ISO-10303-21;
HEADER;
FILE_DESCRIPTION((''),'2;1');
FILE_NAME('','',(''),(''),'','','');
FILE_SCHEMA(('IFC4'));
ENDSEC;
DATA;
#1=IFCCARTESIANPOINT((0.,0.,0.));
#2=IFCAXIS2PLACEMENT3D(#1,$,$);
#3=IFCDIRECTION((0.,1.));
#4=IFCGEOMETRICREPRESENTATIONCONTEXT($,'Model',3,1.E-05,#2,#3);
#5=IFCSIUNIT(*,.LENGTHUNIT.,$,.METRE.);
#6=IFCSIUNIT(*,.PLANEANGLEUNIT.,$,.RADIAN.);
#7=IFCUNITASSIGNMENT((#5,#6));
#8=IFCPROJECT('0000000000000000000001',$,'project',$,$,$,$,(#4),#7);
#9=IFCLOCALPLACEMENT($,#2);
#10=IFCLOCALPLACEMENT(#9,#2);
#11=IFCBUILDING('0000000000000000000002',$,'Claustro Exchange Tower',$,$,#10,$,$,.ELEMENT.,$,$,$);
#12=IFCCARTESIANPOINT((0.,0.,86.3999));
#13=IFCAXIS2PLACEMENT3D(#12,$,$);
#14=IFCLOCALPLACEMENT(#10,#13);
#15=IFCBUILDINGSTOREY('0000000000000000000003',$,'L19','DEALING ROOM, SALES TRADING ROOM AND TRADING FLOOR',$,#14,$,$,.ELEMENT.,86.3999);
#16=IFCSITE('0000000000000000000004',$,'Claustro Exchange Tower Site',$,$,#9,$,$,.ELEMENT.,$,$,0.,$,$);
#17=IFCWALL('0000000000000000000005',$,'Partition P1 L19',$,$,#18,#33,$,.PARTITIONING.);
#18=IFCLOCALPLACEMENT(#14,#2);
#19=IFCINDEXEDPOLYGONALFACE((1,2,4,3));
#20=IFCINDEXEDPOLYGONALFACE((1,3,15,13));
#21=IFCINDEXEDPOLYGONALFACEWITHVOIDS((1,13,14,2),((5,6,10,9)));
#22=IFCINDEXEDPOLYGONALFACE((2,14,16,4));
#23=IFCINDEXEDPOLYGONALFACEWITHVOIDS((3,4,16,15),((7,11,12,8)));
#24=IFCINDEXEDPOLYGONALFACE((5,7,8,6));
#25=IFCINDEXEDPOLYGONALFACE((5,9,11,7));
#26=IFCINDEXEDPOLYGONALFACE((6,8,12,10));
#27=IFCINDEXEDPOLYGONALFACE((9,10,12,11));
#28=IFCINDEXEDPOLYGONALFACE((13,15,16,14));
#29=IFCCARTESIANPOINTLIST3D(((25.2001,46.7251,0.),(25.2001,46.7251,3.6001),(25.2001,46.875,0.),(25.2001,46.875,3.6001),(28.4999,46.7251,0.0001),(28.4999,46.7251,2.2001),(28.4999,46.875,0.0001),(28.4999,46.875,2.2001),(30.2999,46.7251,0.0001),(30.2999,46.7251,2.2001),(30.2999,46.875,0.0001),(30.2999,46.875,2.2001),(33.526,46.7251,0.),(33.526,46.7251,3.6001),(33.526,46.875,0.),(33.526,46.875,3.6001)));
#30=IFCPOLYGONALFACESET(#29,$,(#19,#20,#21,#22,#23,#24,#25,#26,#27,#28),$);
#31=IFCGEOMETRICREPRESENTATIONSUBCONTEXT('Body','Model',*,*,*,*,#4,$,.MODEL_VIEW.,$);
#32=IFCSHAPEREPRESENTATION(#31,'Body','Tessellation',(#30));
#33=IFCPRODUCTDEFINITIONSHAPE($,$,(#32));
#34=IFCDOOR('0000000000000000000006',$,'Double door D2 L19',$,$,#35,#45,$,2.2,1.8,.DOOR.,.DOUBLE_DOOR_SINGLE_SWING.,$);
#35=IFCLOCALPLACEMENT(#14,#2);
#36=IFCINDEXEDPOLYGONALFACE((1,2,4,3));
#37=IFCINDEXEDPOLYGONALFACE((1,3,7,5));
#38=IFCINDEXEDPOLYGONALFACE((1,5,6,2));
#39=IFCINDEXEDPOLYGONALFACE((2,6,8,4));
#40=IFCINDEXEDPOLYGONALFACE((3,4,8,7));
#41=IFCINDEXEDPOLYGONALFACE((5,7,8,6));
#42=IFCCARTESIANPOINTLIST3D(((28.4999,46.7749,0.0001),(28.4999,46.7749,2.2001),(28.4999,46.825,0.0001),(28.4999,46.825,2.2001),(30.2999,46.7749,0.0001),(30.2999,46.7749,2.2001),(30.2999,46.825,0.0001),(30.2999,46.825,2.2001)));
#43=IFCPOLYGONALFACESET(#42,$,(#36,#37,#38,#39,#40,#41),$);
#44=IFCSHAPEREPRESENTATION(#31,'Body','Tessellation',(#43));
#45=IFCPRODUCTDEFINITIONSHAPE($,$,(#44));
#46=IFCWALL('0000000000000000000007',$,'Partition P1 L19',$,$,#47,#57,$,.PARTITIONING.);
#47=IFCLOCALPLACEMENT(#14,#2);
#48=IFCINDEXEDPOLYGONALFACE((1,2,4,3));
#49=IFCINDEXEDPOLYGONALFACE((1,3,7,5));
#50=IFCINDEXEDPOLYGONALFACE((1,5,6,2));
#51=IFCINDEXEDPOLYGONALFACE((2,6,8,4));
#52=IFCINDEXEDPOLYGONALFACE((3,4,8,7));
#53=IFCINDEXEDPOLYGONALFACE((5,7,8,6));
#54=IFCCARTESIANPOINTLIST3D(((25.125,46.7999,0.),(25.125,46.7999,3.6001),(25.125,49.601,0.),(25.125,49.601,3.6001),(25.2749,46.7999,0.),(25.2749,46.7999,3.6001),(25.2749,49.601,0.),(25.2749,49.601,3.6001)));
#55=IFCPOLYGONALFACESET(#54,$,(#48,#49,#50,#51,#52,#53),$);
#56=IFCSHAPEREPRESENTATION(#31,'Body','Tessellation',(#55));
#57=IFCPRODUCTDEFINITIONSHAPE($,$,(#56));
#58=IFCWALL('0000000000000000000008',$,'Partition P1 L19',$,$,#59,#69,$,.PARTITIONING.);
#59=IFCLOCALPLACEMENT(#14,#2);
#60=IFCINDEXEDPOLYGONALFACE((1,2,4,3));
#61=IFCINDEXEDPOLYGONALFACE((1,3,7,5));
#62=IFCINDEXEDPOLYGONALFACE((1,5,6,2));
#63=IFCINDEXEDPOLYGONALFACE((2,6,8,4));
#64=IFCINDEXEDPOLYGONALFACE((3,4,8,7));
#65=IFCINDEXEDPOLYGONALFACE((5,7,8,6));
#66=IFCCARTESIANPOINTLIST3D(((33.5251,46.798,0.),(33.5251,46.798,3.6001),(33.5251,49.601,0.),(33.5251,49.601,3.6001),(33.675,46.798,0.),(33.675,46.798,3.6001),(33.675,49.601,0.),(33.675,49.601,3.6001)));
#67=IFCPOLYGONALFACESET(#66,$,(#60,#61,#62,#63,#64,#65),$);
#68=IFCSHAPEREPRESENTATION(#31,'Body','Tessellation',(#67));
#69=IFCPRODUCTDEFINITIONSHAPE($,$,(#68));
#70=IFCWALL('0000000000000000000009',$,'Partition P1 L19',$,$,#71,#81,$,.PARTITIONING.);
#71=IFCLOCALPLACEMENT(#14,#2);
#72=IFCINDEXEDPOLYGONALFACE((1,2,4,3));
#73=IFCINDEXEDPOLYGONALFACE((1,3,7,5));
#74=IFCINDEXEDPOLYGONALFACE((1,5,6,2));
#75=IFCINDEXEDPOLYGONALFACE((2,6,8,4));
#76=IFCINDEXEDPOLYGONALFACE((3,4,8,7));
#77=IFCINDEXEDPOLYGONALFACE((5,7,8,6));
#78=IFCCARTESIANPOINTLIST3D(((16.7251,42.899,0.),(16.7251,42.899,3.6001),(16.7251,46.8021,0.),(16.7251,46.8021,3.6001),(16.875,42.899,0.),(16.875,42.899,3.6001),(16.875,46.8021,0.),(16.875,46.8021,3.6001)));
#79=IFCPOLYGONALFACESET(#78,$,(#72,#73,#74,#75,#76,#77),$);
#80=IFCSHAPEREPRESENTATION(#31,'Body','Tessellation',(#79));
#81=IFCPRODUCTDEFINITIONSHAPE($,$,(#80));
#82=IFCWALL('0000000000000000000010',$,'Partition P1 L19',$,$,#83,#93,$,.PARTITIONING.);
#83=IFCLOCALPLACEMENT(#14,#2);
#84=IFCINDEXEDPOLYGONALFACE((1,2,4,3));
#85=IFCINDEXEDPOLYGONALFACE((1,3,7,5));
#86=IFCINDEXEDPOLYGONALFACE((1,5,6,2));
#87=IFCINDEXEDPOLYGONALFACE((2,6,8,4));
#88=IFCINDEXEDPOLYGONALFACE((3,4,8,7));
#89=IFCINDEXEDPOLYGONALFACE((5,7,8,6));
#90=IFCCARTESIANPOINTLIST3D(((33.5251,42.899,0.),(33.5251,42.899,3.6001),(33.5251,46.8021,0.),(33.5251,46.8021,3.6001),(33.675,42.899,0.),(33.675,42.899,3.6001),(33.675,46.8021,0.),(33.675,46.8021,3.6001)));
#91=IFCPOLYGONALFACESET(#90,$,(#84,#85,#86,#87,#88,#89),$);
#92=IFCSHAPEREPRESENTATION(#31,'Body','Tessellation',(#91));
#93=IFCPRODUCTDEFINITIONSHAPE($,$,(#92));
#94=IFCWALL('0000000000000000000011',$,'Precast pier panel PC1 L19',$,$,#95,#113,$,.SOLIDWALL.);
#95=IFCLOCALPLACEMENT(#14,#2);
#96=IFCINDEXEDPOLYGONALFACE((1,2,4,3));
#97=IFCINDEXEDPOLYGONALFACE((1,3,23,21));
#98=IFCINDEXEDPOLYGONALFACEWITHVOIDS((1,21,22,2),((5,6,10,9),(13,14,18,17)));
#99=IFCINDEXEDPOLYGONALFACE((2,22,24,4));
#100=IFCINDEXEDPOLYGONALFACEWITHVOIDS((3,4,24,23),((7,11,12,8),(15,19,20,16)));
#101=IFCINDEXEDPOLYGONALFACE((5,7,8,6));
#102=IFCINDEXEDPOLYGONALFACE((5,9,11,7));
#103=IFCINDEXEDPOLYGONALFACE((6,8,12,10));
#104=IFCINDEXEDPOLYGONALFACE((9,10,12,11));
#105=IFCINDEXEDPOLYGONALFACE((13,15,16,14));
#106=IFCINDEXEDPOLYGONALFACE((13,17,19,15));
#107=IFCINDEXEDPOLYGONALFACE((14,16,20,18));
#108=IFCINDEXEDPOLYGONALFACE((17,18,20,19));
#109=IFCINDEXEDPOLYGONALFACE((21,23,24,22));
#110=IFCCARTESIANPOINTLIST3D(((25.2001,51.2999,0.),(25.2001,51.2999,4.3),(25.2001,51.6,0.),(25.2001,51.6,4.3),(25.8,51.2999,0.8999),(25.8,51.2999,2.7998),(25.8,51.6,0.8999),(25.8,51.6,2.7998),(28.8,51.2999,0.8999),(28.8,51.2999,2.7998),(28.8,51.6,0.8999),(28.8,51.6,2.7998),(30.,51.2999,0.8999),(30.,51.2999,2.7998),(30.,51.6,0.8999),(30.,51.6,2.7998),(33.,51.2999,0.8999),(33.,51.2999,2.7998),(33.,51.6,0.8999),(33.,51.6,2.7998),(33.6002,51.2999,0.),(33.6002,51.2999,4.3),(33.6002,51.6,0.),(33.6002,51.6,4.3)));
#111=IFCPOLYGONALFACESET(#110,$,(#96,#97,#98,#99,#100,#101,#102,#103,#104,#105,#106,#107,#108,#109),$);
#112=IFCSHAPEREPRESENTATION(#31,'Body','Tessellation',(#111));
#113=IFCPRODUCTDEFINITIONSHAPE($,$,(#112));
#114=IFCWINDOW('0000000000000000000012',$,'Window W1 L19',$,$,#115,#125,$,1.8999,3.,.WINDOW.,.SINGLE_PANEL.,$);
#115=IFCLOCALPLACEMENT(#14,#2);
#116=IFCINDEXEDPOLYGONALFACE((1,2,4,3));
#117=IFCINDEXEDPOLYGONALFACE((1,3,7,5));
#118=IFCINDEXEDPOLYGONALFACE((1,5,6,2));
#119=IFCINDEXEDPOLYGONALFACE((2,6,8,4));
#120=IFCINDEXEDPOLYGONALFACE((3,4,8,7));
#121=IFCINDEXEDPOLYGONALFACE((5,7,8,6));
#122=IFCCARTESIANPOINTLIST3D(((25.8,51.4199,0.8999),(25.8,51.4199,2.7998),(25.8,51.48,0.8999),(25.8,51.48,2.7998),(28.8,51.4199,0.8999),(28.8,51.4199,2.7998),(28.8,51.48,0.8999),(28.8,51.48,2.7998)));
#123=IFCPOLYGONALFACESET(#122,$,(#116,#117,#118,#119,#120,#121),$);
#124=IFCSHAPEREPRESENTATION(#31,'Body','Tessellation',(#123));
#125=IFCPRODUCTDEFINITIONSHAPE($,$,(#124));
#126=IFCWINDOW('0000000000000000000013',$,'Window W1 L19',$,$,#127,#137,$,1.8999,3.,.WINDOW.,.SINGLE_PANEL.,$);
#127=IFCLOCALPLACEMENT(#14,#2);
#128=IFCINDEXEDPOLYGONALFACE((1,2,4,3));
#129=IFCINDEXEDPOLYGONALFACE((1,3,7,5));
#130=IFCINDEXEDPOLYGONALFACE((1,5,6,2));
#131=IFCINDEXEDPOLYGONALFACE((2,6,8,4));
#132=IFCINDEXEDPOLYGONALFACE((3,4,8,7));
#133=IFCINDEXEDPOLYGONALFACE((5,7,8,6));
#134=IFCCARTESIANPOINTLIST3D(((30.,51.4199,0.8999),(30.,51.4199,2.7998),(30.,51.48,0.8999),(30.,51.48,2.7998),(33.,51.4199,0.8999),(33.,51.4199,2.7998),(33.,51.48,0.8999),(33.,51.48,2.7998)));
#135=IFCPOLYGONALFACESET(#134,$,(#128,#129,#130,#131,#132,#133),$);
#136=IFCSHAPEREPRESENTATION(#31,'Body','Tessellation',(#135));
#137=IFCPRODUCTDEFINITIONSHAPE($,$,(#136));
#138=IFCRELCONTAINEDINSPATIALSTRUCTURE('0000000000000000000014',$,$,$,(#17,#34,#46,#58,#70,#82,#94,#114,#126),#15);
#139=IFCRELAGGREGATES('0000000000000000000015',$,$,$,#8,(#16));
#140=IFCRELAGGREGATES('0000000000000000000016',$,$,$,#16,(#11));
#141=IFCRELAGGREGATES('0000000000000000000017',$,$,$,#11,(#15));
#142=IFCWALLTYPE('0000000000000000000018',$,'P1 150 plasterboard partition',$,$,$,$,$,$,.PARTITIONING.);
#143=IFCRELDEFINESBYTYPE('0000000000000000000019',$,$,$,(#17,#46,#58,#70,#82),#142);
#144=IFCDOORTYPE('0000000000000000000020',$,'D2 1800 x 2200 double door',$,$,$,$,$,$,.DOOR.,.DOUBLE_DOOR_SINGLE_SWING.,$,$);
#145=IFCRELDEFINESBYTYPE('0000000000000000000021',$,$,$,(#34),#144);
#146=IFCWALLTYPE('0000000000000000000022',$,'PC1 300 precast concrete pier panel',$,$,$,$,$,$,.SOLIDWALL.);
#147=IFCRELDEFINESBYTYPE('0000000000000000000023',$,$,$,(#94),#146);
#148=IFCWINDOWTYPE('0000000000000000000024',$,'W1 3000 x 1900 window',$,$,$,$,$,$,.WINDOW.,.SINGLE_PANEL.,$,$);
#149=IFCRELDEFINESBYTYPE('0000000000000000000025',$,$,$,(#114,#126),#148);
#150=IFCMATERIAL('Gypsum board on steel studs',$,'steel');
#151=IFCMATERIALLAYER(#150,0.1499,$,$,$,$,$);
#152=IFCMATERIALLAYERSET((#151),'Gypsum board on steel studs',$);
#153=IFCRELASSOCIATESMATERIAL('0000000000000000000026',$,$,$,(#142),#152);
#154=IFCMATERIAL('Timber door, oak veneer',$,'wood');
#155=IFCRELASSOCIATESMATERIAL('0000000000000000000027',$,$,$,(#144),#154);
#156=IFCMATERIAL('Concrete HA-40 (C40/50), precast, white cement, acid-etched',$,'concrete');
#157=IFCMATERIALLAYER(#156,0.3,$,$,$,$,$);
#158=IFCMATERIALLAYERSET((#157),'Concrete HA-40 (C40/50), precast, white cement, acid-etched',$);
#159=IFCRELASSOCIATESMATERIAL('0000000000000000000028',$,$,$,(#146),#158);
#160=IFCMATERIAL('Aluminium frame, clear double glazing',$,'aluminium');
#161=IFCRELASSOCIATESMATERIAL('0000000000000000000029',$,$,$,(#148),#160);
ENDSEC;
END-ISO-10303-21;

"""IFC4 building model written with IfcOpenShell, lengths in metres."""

from ifc_helpers import new_model, si_unit, direction, frame, frame_2d, origin, place, context, subcontext, project, spatial, rectangle, extrude, material, layer, layer_set, type_object, element, fill, save


model = new_model("IFC4")

# Units and contexts
model_context = context("Model", 3, precision=1e-05, world=origin(), true_north=direction((0.0, 1.0)))
body_context = subcontext(model_context, "Body", "Model", "MODEL_VIEW")
ifc_project = project(units=[si_unit("LENGTHUNIT", "METRE"), si_unit("PLANEANGLEUNIT", "RADIAN")], contexts=[model_context])

# Site, building, storey
site_placement = place(None, origin())
site = spatial("IfcSite", under=ifc_project, at=site_placement, Name="Claustro Exchange Tower Site", CompositionType="ELEMENT", RefElevation=0.0)
building_placement = place(site_placement, origin())
building = spatial("IfcBuilding", under=site, at=building_placement, Name="Claustro Exchange Tower", CompositionType="ELEMENT")
storey_placement = place(building_placement, frame((0.0, 0.0, 86.3999)))
storey = spatial("IfcBuildingStorey", under=building, at=storey_placement, Name="L19", Description="DEALING ROOM, SALES TRADING ROOM AND TRADING FLOOR", CompositionType="ELEMENT", Elevation=86.3999)

# Wall, opening, door
ifc_material_1 = material(Name="Gypsum board on steel studs", Category="steel")
ifc_layer_1 = layer(ifc_material_1, 0.1499)
ifc_layer_set_1 = layer_set([ifc_layer_1], Name="Gypsum board on steel studs")
wall_type_1 = type_object("IfcWallType", Name="P1 150 plasterboard partition", PredefinedType="PARTITIONING", material=ifc_layer_set_1)
wall_1_placement = place(storey_placement, frame((25.2, 46.8, 0.0), z_axis=(0.0, 0.0, 1.0), x_axis=(1.0, 0.0, 0.0)))
wall_1 = element("IfcWall", 1, at=wall_1_placement, inside=storey, type_object=wall_type_1, Name="Partition P1 L19", PredefinedType="PARTITIONING", context=body_context, shape_type="SweptSolid", body=[
    extrude(rectangle(XDim=8.3259, YDim=0.1499, at=frame_2d((4.1631, 0.0))), origin(), (0.0, 0.0, 1.0), 3.6001),
])
opening_1_placement = place(wall_1_placement, frame((3.3, 0.0, 0.0)))
opening_1 = element("IfcOpeningElement", 2, at=opening_1_placement, cuts=wall_1, PredefinedType="OPENING", context=body_context, shape_type="SweptSolid", body=[
    extrude(rectangle(XDim=1.8, YDim=2.2, at=frame_2d((0.8999, 1.1001))), frame((0.0, 0.085, 0.0), z_axis=(0.0, -1.0, 0.0), x_axis=(1.0, 0.0, 0.0)), (0.0, 0.0, 1.0), 0.1699),
])
ifc_material_2 = material(Name="Timber door, oak veneer", Category="wood")
door_type = type_object("IfcDoorType", Name="D2 1800 x 2200 double door", OperationType="DOUBLE_DOOR_SINGLE_SWING", PredefinedType="DOOR", material=ifc_material_2)
door_placement = place(opening_1_placement, origin())
door = element("IfcDoor", 3, at=door_placement, inside=storey, type_object=door_type, Name="Double door D2 L19", OperationType="DOUBLE_DOOR_SINGLE_SWING", OverallHeight=2.2, OverallWidth=1.8, PredefinedType="DOOR", context=body_context, shape_type="SweptSolid", body=[
    extrude(rectangle(XDim=1.8, YDim=2.2, at=frame_2d((0.8999, 1.1001))), frame((0.0, 0.0249, 0.0), z_axis=(0.0, -1.0, 0.0), x_axis=(1.0, 0.0, 0.0)), (0.0, 0.0, 1.0), 0.05),
])
fill(opening_1, door)

# Walls
wall_2_placement = place(storey_placement, frame((25.2, 46.8, 0.0), z_axis=(0.0, 0.0, 1.0), x_axis=(0.0, 1.0, 0.0)))
element("IfcWall", 4, at=wall_2_placement, inside=storey, type_object=wall_type_1, Name="Partition P1 L19", PredefinedType="PARTITIONING", context=body_context, shape_type="SweptSolid", body=[
    extrude(rectangle(XDim=2.801, YDim=0.1499, at=frame_2d((1.4004, 0.0))), origin(), (0.0, 0.0, 1.0), 3.6001),
])
wall_3_placement = place(storey_placement, frame((33.6001, 46.7981, 0.0), z_axis=(0.0, 0.0, 1.0), x_axis=(0.0, 1.0, 0.0)))
element("IfcWall", 5, at=wall_3_placement, inside=storey, type_object=wall_type_1, Name="Partition P1 L19", PredefinedType="PARTITIONING", context=body_context, shape_type="SweptSolid", body=[
    extrude(rectangle(XDim=2.803, YDim=0.1499, at=frame_2d((1.4014, 0.0))), origin(), (0.0, 0.0, 1.0), 3.6001),
])
for number, where, z_axis, x_axis, name in (
    (6, (16.8, 42.8989, 0.0), (0.0, 0.0, 1.0), (0.0, 1.0, 0.0), "Partition P1 L19"),
    (7, (33.6001, 42.8989, 0.0), (0.0, 0.0, 1.0), (0.0, 1.0, 0.0), "Partition P1 L19"),
):
    element("IfcWall", number, at=place(storey_placement, frame(where, z_axis=z_axis, x_axis=x_axis)), inside=storey, type_object=wall_type_1, Name=name, PredefinedType="PARTITIONING", context=body_context, shape_type="SweptSolid", body=[
        extrude(rectangle(XDim=3.9031, YDim=0.1499, at=frame_2d((1.9517, 0.0))), origin(), (0.0, 0.0, 1.0), 3.6001),
    ])

# Wall, openings, windows
ifc_material_3 = material(Name="Concrete HA-40 (C40/50), precast, white cement, acid-etched", Category="concrete")
ifc_layer_2 = layer(ifc_material_3, 0.3)
ifc_layer_set_2 = layer_set([ifc_layer_2], Name="Concrete HA-40 (C40/50), precast, white cement, acid-etched")
wall_type_2 = type_object("IfcWallType", Name="PC1 300 precast concrete pier panel", PredefinedType="SOLIDWALL", material=ifc_layer_set_2)
wall_4_placement = place(storey_placement, frame((25.2, 51.45, 0.0), z_axis=(0.0, 0.0, 1.0), x_axis=(1.0, 0.0, 0.0)))
wall_4 = element("IfcWall", 8, at=wall_4_placement, inside=storey, type_object=wall_type_2, Name="Precast pier panel PC1 L19", PredefinedType="SOLIDWALL", context=body_context, shape_type="SweptSolid", body=[
    extrude(rectangle(XDim=8.4001, YDim=0.3, at=frame_2d((4.2002, 0.0))), origin(), (0.0, 0.0, 1.0), 4.3),
])
opening_2_placement = place(wall_4_placement, frame((0.6001, 0.0, 0.8999)))
opening_2 = element("IfcOpeningElement", 9, at=opening_2_placement, cuts=wall_4, PredefinedType="OPENING", context=body_context, shape_type="SweptSolid", body=[
    extrude(rectangle(XDim=3.0, YDim=1.8999, at=frame_2d((1.5, 0.95))), frame((0.0, 0.1599, 0.0), z_axis=(0.0, -1.0, 0.0), x_axis=(1.0, 0.0, 0.0)), (0.0, 0.0, 1.0), 0.3201),
])
opening_3_placement = place(wall_4_placement, frame((4.8, 0.0, 0.8999)))
opening_3 = element("IfcOpeningElement", 10, at=opening_3_placement, cuts=wall_4, PredefinedType="OPENING", context=body_context, shape_type="SweptSolid", body=[
    extrude(rectangle(XDim=3.0, YDim=1.8999, at=frame_2d((1.5, 0.95))), frame((0.0, 0.1599, 0.0), z_axis=(0.0, -1.0, 0.0), x_axis=(1.0, 0.0, 0.0)), (0.0, 0.0, 1.0), 0.3201),
])
ifc_material_4 = material(Name="Aluminium frame, clear double glazing", Category="aluminium")
window_type = type_object("IfcWindowType", Name="W1 3000 x 1900 window", PartitioningType="SINGLE_PANEL", PredefinedType="WINDOW", material=ifc_material_4)
window_1_placement = place(opening_2_placement, origin())
window_1 = element("IfcWindow", 11, at=window_1_placement, inside=storey, type_object=window_type, Name="Window W1 L19", OverallHeight=1.8999, OverallWidth=3.0, PartitioningType="SINGLE_PANEL", PredefinedType="WINDOW", context=body_context, shape_type="SweptSolid", body=[
    extrude(rectangle(XDim=3.0, YDim=1.8999, at=frame_2d((1.5, 0.95))), frame((0.0, 0.03, 0.0), z_axis=(0.0, -1.0, 0.0), x_axis=(1.0, 0.0, 0.0)), (0.0, 0.0, 1.0), 0.0601),
])
fill(opening_2, window_1)
window_2_placement = place(opening_3_placement, origin())
window_2 = element("IfcWindow", 12, at=window_2_placement, inside=storey, type_object=window_type, Name="Window W1 L19", OverallHeight=1.8999, OverallWidth=3.0, PartitioningType="SINGLE_PANEL", PredefinedType="WINDOW", context=body_context, shape_type="SweptSolid", body=[
    extrude(rectangle(XDim=3.0, YDim=1.8999, at=frame_2d((1.5, 0.95))), frame((0.0, 0.03, 0.0), z_axis=(0.0, -1.0, 0.0), x_axis=(1.0, 0.0, 0.0)), (0.0, 0.0, 1.0), 0.0601),
])
fill(opening_3, window_2)

save(model, "model.ifc")
